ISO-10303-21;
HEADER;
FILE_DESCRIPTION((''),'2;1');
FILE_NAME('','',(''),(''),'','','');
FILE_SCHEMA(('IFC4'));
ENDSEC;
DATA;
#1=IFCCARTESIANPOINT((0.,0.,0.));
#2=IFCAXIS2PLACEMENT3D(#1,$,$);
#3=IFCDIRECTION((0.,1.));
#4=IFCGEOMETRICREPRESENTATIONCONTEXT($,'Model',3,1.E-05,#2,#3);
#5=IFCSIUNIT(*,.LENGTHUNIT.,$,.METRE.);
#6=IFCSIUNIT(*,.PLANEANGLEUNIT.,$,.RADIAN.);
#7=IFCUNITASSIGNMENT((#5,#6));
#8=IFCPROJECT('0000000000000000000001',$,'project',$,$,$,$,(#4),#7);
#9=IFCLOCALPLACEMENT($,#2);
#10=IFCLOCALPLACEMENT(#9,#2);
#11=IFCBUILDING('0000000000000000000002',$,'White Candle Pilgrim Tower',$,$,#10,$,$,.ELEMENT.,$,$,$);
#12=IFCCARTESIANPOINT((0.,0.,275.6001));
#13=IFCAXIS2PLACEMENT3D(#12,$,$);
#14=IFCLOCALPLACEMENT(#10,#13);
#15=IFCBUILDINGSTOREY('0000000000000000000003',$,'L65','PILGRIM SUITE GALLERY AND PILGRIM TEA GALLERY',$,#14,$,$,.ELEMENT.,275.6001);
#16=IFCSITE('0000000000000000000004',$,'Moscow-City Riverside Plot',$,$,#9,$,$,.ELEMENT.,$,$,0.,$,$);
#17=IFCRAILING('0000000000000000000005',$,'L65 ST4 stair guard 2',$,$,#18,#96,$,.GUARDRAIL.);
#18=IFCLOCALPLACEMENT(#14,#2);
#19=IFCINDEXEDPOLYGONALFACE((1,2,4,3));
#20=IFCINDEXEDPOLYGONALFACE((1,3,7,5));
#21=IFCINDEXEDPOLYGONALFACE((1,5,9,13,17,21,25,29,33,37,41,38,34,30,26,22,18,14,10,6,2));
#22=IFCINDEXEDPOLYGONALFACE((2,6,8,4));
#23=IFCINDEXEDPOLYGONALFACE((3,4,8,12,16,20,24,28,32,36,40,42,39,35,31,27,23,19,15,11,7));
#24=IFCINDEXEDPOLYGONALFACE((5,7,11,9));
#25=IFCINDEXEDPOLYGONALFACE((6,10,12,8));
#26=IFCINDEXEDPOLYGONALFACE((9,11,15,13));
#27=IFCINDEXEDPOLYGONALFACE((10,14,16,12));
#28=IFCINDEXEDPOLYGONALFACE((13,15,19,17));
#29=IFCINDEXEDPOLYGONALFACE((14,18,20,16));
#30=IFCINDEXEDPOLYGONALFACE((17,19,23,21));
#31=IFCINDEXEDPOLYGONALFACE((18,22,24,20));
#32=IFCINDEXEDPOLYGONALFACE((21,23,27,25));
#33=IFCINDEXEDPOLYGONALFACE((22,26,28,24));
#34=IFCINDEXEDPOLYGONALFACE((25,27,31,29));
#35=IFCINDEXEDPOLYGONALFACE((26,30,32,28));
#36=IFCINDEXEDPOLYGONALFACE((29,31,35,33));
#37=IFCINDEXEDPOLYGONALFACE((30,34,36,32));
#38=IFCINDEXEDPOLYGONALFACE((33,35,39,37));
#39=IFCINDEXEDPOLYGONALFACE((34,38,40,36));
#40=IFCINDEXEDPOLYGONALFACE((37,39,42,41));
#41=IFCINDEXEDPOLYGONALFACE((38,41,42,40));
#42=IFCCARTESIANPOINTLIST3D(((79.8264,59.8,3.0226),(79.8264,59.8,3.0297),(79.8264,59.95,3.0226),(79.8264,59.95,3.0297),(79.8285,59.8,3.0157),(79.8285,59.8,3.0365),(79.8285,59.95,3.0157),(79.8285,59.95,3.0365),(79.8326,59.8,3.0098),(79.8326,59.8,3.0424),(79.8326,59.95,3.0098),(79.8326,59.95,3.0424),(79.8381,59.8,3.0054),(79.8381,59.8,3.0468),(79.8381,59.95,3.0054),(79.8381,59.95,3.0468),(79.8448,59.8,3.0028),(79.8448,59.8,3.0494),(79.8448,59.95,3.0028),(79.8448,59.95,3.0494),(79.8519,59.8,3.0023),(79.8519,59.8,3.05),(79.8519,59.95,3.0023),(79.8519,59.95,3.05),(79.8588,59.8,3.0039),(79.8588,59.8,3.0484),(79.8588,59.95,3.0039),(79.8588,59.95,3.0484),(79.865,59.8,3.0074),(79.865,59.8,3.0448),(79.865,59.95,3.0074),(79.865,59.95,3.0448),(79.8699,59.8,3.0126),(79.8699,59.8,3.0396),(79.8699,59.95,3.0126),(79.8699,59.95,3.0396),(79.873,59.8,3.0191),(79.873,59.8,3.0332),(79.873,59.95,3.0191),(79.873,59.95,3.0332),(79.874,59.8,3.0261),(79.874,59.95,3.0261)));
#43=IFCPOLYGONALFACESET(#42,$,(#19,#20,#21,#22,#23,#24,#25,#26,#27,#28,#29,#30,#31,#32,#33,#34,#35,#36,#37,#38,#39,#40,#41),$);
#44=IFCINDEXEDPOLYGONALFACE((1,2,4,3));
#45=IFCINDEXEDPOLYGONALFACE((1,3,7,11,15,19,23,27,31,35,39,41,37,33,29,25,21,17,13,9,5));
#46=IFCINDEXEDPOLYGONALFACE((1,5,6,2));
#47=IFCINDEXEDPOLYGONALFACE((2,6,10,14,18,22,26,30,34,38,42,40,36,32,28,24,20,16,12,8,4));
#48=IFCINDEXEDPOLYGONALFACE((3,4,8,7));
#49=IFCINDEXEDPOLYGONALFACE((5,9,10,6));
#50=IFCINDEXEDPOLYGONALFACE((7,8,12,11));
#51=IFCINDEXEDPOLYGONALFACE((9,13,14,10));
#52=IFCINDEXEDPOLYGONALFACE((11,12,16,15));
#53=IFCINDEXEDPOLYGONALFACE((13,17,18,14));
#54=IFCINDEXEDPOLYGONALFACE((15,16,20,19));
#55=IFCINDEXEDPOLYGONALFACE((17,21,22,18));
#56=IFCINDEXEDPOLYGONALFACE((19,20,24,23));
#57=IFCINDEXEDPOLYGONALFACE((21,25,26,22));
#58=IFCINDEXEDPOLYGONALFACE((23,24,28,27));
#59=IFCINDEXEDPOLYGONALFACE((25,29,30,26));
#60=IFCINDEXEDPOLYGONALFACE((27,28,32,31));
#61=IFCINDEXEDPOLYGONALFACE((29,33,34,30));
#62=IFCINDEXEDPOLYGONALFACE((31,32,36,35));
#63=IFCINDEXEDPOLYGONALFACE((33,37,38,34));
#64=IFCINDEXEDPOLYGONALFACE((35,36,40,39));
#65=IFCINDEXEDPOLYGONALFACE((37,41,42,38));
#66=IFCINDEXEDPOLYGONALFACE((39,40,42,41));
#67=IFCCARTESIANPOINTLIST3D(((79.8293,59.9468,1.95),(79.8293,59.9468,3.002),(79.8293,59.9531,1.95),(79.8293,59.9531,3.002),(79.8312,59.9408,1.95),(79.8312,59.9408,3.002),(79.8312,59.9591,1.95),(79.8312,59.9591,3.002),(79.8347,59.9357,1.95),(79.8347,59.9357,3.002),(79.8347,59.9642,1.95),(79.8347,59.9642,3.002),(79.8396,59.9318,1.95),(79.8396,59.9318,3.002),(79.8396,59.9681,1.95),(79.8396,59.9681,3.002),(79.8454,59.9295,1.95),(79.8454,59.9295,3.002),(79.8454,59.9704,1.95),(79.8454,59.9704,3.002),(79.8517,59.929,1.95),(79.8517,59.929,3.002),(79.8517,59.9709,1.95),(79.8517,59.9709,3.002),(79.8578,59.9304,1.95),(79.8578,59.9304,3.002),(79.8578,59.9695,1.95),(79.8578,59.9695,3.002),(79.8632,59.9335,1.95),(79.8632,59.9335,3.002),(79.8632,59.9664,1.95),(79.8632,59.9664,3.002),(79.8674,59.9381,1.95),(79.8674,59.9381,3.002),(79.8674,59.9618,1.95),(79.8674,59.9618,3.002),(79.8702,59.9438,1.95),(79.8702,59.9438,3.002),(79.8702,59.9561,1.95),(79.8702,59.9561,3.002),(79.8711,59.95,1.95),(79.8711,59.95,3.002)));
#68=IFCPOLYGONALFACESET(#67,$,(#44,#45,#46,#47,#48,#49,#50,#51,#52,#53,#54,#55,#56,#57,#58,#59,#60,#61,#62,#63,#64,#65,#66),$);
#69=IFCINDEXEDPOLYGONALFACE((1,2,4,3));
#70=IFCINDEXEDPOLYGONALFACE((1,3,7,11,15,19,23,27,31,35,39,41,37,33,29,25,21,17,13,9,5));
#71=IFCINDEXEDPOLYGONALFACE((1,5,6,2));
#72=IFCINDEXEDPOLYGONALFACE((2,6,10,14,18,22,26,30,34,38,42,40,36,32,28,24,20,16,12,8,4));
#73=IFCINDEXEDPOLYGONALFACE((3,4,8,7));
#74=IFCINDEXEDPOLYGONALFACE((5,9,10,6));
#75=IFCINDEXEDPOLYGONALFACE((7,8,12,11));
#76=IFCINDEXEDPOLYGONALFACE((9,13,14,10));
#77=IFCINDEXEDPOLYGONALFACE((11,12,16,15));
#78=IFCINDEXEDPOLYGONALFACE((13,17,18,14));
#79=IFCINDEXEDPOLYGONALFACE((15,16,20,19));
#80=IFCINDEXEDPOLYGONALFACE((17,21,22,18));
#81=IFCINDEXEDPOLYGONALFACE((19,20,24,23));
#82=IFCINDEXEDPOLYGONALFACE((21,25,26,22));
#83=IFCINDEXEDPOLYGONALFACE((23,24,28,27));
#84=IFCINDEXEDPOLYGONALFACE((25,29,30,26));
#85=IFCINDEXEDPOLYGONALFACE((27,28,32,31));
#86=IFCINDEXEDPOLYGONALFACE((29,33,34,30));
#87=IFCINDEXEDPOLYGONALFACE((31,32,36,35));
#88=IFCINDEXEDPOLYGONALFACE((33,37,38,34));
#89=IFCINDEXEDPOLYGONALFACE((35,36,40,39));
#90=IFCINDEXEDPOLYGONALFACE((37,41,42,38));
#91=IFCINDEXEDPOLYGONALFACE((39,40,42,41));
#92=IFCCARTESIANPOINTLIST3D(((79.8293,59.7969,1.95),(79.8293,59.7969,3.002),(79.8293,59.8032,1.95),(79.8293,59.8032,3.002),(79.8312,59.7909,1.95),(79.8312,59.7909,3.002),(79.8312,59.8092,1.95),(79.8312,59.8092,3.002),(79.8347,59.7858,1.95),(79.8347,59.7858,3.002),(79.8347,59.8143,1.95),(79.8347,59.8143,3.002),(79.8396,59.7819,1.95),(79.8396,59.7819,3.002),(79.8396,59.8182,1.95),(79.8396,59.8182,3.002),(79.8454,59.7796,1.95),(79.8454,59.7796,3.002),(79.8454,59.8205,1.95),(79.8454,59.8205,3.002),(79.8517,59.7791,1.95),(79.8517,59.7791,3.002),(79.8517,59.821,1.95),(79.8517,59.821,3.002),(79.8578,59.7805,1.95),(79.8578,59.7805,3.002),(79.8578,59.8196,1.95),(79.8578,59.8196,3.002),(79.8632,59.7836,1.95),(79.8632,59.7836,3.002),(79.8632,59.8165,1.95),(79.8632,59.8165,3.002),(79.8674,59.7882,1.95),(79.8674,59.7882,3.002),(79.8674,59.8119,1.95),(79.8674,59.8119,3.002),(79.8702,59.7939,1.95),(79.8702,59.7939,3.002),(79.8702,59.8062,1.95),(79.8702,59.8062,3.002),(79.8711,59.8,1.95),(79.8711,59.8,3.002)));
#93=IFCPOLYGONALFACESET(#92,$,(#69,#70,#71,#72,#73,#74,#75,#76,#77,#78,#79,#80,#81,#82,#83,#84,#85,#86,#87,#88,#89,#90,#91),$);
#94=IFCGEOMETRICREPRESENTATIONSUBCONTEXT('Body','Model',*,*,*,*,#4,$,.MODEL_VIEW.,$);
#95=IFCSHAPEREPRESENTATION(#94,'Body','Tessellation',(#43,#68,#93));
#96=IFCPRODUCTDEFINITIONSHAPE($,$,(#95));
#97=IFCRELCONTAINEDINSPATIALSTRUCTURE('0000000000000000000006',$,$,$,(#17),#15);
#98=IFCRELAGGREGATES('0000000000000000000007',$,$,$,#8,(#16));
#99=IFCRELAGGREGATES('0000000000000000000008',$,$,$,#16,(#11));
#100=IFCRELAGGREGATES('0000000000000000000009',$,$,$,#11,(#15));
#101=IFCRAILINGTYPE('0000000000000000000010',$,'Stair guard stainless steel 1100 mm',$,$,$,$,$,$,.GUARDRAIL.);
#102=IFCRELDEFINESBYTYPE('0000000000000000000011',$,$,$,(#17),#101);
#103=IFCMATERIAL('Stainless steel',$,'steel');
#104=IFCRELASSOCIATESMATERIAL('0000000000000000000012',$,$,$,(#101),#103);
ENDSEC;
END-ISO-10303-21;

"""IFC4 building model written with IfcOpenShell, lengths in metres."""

from ifc_helpers import new_model, si_unit, direction, frame, origin, origin_2d, place, context, subcontext, project, spatial, circle, extrude, material, type_object, element, save


model = new_model("IFC4")

# Units and contexts
model_context = context("Model", 3, precision=1e-05, world=origin(), true_north=direction((0.0, 1.0)))
body_context = subcontext(model_context, "Body", "Model", "MODEL_VIEW")
ifc_project = project(units=[si_unit("LENGTHUNIT", "METRE"), si_unit("PLANEANGLEUNIT", "RADIAN")], contexts=[model_context])

# Site, building, storey
site_placement = place(None, origin())
site = spatial("IfcSite", under=ifc_project, at=site_placement, Name="Moscow-City Riverside Plot", CompositionType="ELEMENT", RefElevation=0.0)
building_placement = place(site_placement, origin())
building = spatial("IfcBuilding", under=site, at=building_placement, Name="White Candle Pilgrim Tower", CompositionType="ELEMENT")
storey_placement = place(building_placement, frame((0.0, 0.0, 275.6001)))
storey = spatial("IfcBuildingStorey", under=building, at=storey_placement, Name="L65", Description="PILGRIM SUITE GALLERY AND PILGRIM TEA GALLERY", CompositionType="ELEMENT", Elevation=275.6001)

# Railing
ifc_material_1 = material(Name="Stainless steel", Category="steel")
railing_type_1 = type_object("IfcRailingType", Name="Stair guard stainless steel 1100 mm", PredefinedType="GUARDRAIL", material=ifc_material_1)
railing_1_placement = place(storey_placement, frame((79.8501, 59.95, 1.95)))
element("IfcRailing", 1, at=railing_1_placement, inside=storey, type_object=railing_type_1, Name="L65 ST4 stair guard 2", PredefinedType="GUARDRAIL", context=body_context, shape_type="SweptSolid", body=[
    extrude(circle(Radius=0.0239, at=origin_2d()), frame((0.0, 0.0, 1.0762), z_axis=(0.0, -1.0, 0.0), x_axis=(1.0, 0.0, 0.0)), (0.0, 0.0, 1.0), 0.1499),
    extrude(circle(Radius=0.021, at=origin_2d()), origin(), (0.0, 0.0, 1.0), 1.052),
    extrude(circle(Radius=0.021, at=origin_2d()), frame((0.0, -0.1499, 0.0)), (0.0, 0.0, 1.0), 1.052),
])

save(model, "model.ifc")
